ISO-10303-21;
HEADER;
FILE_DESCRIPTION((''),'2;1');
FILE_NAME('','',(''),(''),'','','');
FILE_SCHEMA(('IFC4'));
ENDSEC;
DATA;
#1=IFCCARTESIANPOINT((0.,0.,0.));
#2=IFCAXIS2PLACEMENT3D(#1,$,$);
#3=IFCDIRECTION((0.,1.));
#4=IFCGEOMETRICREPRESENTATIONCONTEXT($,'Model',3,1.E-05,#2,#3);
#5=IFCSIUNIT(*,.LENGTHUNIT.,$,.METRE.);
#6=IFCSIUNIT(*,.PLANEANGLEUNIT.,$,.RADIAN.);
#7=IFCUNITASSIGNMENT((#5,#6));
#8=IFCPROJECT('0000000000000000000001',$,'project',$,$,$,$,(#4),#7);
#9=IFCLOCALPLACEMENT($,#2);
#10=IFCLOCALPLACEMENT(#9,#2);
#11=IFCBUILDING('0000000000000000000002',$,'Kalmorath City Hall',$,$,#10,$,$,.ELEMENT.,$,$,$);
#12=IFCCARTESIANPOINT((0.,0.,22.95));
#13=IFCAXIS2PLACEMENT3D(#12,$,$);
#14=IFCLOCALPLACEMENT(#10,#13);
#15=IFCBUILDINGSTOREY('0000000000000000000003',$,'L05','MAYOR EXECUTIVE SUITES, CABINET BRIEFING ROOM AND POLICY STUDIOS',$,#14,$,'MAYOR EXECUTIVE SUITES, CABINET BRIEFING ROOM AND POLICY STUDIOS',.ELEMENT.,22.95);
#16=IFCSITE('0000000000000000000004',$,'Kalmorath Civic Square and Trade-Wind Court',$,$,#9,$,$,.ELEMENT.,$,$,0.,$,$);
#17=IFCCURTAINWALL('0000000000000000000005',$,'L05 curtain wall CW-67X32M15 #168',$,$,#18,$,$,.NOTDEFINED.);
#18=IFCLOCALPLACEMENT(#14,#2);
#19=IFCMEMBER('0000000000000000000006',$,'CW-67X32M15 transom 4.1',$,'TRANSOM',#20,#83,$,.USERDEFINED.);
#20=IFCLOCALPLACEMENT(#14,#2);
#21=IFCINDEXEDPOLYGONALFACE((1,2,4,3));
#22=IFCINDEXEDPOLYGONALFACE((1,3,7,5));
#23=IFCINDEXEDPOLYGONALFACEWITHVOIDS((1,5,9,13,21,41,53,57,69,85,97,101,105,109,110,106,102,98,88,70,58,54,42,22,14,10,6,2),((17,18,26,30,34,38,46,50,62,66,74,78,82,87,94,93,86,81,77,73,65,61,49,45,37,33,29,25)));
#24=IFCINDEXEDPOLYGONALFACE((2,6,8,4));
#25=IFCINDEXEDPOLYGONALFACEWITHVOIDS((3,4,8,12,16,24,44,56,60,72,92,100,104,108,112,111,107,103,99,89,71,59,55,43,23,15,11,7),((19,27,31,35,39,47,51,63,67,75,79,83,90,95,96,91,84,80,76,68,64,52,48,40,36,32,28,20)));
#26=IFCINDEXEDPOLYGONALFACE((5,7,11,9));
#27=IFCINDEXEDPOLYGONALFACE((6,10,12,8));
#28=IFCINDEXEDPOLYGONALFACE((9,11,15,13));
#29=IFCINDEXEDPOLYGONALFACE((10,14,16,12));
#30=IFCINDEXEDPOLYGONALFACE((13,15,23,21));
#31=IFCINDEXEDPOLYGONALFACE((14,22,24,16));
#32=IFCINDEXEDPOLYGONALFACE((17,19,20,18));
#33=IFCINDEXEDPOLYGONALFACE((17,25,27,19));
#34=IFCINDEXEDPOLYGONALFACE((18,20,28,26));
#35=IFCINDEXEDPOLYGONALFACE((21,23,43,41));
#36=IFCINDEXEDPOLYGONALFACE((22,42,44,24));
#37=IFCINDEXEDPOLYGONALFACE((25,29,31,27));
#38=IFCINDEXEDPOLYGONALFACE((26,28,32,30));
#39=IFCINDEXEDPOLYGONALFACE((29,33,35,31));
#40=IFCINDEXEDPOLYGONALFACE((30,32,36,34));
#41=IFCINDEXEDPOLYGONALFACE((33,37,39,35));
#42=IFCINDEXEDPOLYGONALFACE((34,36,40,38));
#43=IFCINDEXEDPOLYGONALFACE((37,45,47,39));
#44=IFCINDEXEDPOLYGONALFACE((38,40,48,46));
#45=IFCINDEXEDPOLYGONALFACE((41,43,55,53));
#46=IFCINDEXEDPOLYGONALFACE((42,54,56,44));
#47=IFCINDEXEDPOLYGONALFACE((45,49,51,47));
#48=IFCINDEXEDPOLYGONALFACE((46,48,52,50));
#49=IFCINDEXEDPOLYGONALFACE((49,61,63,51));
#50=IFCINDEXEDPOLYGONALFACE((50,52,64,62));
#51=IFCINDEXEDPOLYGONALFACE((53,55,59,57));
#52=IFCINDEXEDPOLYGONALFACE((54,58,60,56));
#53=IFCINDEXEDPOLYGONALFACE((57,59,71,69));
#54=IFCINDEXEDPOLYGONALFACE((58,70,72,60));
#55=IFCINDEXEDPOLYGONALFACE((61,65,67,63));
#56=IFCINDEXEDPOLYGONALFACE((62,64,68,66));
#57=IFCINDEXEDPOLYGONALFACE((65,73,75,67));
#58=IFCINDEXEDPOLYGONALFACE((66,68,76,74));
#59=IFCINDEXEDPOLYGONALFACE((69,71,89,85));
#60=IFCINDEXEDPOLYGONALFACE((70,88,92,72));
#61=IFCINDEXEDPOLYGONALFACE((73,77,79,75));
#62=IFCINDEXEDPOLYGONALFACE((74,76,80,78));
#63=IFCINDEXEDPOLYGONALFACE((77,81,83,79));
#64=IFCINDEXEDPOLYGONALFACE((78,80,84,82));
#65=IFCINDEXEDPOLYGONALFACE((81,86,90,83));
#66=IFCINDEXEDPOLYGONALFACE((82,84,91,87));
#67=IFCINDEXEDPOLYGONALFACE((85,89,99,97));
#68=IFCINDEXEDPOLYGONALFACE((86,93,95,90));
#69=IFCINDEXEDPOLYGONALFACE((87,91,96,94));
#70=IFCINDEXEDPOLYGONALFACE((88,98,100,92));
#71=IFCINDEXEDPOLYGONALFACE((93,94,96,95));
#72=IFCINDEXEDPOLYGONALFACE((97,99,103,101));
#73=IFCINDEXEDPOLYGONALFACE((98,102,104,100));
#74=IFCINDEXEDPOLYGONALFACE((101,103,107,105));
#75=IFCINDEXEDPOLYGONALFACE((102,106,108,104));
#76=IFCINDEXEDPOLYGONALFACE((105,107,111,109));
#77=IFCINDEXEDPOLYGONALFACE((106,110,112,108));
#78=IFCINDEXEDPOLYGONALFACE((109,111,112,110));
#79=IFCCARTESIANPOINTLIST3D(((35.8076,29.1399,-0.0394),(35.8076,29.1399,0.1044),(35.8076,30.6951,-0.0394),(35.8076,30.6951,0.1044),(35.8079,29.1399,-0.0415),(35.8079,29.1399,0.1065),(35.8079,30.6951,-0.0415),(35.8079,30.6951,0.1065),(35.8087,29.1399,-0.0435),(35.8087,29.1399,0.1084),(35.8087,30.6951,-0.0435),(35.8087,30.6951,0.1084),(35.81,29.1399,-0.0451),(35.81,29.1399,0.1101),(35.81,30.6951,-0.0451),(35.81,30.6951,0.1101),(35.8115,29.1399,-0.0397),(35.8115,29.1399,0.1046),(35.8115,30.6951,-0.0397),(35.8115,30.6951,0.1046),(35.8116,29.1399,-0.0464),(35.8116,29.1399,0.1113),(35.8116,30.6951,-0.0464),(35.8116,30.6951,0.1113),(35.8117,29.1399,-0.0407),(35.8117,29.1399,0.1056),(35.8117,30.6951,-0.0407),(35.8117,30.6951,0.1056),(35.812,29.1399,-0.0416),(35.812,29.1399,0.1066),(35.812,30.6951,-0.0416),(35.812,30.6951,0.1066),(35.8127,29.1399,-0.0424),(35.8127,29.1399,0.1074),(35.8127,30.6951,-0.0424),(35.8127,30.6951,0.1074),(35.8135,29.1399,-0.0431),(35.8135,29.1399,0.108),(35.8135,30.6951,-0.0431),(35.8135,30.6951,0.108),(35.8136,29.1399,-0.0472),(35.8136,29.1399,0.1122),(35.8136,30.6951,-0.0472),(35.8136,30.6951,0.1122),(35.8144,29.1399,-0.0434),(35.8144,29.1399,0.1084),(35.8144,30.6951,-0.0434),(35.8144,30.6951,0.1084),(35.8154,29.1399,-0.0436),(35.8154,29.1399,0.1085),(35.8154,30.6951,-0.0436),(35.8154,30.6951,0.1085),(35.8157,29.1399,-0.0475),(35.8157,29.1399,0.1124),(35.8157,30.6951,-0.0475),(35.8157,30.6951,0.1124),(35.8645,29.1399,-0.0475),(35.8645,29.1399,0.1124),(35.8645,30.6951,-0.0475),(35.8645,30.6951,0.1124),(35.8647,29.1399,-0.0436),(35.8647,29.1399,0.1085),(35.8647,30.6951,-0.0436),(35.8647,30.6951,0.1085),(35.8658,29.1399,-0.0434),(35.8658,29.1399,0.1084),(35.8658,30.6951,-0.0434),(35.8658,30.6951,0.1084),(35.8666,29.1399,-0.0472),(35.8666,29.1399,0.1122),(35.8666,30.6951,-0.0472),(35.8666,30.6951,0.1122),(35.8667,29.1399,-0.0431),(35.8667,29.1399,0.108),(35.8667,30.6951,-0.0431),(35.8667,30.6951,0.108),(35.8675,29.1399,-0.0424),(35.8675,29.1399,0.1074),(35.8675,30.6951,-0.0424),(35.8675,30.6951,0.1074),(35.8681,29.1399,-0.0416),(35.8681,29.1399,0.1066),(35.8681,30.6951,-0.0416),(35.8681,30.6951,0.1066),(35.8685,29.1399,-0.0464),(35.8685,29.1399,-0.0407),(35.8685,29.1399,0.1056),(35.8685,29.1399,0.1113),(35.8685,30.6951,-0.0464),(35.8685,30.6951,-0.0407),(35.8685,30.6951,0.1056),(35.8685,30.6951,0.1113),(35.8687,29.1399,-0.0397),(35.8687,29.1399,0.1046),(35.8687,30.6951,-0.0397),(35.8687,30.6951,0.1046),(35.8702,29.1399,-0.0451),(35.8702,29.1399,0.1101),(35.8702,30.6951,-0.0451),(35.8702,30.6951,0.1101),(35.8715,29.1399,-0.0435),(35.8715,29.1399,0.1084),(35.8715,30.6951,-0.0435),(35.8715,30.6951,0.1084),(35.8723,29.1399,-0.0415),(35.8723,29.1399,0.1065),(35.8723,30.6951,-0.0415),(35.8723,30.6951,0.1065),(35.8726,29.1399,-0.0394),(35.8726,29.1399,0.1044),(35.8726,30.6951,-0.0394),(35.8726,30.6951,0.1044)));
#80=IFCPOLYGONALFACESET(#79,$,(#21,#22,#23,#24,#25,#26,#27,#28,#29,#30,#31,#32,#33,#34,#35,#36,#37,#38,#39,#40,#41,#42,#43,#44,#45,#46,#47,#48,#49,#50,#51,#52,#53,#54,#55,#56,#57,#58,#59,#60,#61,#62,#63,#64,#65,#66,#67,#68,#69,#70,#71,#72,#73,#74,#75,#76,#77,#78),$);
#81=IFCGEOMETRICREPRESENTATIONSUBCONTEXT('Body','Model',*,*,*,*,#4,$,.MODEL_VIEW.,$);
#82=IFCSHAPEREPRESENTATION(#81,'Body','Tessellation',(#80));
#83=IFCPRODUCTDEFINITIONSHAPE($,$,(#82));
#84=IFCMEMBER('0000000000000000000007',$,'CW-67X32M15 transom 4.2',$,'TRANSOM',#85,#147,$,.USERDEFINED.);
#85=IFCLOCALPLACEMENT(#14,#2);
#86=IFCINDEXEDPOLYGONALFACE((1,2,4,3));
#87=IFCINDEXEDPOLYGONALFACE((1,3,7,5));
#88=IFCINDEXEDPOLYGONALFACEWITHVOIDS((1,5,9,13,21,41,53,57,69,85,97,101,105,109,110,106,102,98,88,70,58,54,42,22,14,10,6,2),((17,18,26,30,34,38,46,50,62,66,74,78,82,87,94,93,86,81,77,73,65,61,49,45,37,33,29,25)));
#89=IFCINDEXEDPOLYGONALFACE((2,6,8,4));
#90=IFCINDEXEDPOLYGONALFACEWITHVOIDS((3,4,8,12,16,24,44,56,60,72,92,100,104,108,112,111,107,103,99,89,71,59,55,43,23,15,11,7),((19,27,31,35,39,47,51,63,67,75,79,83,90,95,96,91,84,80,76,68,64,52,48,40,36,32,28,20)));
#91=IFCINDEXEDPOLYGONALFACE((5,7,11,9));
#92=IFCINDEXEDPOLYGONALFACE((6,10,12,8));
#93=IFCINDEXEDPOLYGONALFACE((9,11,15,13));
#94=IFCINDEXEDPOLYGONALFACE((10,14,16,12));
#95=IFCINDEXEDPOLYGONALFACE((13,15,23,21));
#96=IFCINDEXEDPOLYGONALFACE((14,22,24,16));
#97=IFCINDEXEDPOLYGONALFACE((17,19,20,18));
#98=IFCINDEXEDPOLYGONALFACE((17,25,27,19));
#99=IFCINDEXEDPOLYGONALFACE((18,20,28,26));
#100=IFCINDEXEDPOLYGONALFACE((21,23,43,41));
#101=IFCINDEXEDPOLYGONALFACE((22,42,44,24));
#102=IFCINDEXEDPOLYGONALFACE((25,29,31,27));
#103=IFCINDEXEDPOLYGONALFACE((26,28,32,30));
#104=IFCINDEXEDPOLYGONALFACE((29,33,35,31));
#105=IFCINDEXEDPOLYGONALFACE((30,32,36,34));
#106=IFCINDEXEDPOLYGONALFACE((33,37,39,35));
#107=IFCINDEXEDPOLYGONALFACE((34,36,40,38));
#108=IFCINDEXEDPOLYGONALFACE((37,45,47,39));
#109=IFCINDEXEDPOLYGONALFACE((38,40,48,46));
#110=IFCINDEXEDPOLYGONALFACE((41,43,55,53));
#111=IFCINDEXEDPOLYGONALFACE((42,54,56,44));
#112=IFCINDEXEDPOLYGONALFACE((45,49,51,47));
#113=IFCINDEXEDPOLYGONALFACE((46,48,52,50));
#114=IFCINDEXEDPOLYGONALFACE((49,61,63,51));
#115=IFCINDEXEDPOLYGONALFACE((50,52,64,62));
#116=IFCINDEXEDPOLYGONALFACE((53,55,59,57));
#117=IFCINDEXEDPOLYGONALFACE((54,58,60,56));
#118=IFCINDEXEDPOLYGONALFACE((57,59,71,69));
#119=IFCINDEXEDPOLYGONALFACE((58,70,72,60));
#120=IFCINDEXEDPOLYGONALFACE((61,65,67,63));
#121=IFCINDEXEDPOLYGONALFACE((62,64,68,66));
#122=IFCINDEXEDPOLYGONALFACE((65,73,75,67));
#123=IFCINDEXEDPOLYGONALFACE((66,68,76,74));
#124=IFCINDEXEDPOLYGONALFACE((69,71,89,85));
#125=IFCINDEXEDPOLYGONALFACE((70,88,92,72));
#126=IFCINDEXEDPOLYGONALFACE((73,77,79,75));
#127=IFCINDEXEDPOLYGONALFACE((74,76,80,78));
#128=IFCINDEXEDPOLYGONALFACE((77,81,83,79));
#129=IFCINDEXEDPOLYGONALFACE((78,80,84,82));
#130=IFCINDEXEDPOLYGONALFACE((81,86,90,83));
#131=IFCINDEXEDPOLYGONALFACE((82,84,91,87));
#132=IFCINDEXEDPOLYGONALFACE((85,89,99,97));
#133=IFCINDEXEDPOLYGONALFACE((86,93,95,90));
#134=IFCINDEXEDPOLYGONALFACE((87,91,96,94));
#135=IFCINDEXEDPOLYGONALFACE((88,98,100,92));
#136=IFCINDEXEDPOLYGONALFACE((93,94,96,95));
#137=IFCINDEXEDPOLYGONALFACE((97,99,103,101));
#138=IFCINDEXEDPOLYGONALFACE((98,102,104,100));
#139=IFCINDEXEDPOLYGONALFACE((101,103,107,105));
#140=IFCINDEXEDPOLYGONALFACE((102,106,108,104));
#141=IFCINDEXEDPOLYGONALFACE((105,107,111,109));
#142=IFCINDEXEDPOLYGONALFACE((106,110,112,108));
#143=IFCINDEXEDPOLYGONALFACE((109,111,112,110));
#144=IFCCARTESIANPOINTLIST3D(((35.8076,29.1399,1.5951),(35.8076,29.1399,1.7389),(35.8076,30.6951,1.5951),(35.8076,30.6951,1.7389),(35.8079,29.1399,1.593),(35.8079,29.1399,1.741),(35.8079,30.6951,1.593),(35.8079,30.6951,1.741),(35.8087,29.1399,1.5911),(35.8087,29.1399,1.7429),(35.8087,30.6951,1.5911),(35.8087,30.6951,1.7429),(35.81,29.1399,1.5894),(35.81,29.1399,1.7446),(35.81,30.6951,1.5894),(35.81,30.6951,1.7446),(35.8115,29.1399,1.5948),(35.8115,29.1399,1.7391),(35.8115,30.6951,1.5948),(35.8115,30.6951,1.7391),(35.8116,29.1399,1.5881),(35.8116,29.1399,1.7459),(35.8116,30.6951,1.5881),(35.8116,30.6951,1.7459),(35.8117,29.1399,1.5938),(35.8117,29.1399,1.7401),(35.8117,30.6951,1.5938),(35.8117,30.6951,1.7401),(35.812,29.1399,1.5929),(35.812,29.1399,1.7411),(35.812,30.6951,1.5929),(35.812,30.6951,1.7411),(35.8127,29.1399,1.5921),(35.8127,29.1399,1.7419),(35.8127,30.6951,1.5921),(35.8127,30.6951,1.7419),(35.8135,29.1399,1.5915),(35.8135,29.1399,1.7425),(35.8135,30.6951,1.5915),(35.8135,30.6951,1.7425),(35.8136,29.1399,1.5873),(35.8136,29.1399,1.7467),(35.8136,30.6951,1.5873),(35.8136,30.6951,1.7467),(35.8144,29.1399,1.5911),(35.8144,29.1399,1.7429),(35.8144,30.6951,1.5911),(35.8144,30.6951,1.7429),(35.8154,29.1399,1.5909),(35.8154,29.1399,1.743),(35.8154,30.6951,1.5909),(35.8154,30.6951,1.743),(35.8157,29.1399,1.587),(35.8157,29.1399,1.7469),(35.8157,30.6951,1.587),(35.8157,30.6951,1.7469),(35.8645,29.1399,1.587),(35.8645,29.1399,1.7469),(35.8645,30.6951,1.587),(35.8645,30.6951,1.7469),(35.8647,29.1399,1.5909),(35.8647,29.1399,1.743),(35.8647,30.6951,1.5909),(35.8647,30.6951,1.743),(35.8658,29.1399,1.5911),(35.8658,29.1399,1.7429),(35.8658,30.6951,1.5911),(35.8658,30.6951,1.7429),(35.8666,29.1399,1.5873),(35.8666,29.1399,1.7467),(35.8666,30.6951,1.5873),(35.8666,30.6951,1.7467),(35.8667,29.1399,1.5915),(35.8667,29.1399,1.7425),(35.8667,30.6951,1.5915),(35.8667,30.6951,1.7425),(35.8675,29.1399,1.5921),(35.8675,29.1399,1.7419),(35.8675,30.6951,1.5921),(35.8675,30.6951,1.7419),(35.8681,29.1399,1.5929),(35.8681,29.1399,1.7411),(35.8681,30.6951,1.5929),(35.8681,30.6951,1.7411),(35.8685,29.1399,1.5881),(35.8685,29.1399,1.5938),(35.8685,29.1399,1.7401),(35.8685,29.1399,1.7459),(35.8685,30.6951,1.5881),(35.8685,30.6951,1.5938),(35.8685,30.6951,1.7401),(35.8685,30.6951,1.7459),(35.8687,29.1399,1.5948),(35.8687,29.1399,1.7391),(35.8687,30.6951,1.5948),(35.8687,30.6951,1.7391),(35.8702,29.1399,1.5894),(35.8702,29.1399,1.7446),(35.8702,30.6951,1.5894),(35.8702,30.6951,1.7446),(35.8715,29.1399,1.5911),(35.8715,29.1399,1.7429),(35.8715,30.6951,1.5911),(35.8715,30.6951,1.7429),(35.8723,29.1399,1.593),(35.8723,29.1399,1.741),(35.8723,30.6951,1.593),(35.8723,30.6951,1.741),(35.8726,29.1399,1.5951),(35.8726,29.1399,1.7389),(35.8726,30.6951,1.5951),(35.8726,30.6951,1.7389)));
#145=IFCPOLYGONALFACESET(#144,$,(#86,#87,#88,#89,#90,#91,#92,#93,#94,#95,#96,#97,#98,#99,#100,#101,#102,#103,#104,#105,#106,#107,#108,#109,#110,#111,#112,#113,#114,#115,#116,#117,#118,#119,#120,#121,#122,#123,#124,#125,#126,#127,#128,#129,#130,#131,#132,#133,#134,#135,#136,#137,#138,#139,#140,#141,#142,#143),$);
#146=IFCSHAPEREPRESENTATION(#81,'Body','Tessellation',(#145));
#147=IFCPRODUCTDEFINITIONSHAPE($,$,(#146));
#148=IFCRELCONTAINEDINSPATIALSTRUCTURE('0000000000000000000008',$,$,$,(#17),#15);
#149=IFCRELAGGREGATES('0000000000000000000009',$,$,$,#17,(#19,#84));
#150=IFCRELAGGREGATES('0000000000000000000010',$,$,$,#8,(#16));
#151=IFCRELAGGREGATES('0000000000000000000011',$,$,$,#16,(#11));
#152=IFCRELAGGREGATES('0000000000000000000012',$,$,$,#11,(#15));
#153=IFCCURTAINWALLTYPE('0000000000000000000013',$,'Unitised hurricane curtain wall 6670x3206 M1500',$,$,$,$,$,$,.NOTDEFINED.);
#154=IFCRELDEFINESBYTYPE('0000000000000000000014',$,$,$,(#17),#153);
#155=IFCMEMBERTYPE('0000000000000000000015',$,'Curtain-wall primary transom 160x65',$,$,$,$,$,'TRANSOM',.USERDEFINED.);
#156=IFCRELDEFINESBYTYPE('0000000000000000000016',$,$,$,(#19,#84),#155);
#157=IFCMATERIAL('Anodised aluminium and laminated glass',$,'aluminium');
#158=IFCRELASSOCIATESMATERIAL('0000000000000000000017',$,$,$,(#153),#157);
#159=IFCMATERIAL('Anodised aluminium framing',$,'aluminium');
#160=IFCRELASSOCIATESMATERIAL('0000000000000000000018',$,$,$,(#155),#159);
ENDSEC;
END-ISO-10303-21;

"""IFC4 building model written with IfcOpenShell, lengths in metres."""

from ifc_helpers import new_model, si_unit, direction, frame, origin, origin_2d, place, context, subcontext, project, spatial, hollow_rectangle, extrude, material, material_profile, profile_set, type_object, element, aggregate, save


model = new_model("IFC4")

# Units and contexts
model_context = context("Model", 3, precision=1e-05, world=origin(), true_north=direction((0.0, 1.0)))
body_context = subcontext(model_context, "Body", "Model", "MODEL_VIEW")
ifc_project = project(units=[si_unit("LENGTHUNIT", "METRE"), si_unit("PLANEANGLEUNIT", "RADIAN")], contexts=[model_context])

# Site, building, storey
site_placement = place(None, origin())
site = spatial("IfcSite", under=ifc_project, at=site_placement, Name="Kalmorath Civic Square and Trade-Wind Court", CompositionType="ELEMENT", RefElevation=0.0)
building_placement = place(site_placement, origin())
building = spatial("IfcBuilding", under=site, at=building_placement, Name="Kalmorath City Hall", CompositionType="ELEMENT")
storey_placement = place(building_placement, frame((0.0, 0.0, 22.95)))
storey = spatial("IfcBuildingStorey", under=building, at=storey_placement, Name="L05", Description="MAYOR EXECUTIVE SUITES, CABINET BRIEFING ROOM AND POLICY STUDIOS", LongName="MAYOR EXECUTIVE SUITES, CABINET BRIEFING ROOM AND POLICY STUDIOS", CompositionType="ELEMENT", Elevation=22.95)

# Curtain wall
ifc_material_1 = material(Name="Anodised aluminium and laminated glass", Category="aluminium")
curtain_wall_type_1 = type_object("IfcCurtainWallType", Name="Unitised hurricane curtain wall 6670x3206 M1500", PredefinedType="NOTDEFINED", material=ifc_material_1)
curtain_wall_1_placement = place(storey_placement, origin())
curtain_wall_1 = element("IfcCurtainWall", 1, at=curtain_wall_1_placement, inside=storey, type_object=curtain_wall_type_1, Name="L05 curtain wall CW-67X32M15 #168", PredefinedType="NOTDEFINED")

# Members
ifc_material_2 = material(Name="Anodised aluminium framing", Category="aluminium")
ifc_material_profile_1 = material_profile(ifc_material_2, hollow_rectangle(XDim=0.0649, YDim=0.1599, WallThickness=0.0039, InnerFilletRadius=0.0039, OuterFilletRadius=0.0081, at=origin_2d()), Name="ALU-TRN-160X65X4")
ifc_profile_set_1 = profile_set([ifc_material_profile_1], Name="Anodised aluminium framing")
member_type_1 = type_object("IfcMemberType", Name="Curtain-wall primary transom 160x65", ElementType="TRANSOM", PredefinedType="USERDEFINED", material=ifc_profile_set_1)
member_1_placement = place(storey_placement, frame((35.8401, 30.6951, 0.0325), z_axis=(0.0, -1.0, 0.0), x_axis=(1.0, 0.0, 0.0)))
member_1 = element("IfcMember", 2, at=member_1_placement, type_object=member_type_1, Name="CW-67X32M15 transom 4.1", ObjectType="TRANSOM", PredefinedType="USERDEFINED", context=body_context, shape_type="SweptSolid", body=[
    extrude(hollow_rectangle(XDim=0.0649, YDim=0.1599, WallThickness=0.0039, InnerFilletRadius=0.0039, OuterFilletRadius=0.0081, at=origin_2d()), origin(), (0.0, 0.0, 1.0), 1.5552),
])
member_2_placement = place(storey_placement, frame((35.8401, 30.6951, 1.667), z_axis=(0.0, -1.0, 0.0), x_axis=(1.0, 0.0, 0.0)))
member_2 = element("IfcMember", 3, at=member_2_placement, type_object=member_type_1, Name="CW-67X32M15 transom 4.2", ObjectType="TRANSOM", PredefinedType="USERDEFINED", context=body_context, shape_type="SweptSolid", body=[
    extrude(hollow_rectangle(XDim=0.0649, YDim=0.1599, WallThickness=0.0039, InnerFilletRadius=0.0039, OuterFilletRadius=0.0081, at=origin_2d()), origin(), (0.0, 0.0, 1.0), 1.5552),
])

aggregate(curtain_wall_1, [member_1, member_2])

save(model, "model.ifc")
